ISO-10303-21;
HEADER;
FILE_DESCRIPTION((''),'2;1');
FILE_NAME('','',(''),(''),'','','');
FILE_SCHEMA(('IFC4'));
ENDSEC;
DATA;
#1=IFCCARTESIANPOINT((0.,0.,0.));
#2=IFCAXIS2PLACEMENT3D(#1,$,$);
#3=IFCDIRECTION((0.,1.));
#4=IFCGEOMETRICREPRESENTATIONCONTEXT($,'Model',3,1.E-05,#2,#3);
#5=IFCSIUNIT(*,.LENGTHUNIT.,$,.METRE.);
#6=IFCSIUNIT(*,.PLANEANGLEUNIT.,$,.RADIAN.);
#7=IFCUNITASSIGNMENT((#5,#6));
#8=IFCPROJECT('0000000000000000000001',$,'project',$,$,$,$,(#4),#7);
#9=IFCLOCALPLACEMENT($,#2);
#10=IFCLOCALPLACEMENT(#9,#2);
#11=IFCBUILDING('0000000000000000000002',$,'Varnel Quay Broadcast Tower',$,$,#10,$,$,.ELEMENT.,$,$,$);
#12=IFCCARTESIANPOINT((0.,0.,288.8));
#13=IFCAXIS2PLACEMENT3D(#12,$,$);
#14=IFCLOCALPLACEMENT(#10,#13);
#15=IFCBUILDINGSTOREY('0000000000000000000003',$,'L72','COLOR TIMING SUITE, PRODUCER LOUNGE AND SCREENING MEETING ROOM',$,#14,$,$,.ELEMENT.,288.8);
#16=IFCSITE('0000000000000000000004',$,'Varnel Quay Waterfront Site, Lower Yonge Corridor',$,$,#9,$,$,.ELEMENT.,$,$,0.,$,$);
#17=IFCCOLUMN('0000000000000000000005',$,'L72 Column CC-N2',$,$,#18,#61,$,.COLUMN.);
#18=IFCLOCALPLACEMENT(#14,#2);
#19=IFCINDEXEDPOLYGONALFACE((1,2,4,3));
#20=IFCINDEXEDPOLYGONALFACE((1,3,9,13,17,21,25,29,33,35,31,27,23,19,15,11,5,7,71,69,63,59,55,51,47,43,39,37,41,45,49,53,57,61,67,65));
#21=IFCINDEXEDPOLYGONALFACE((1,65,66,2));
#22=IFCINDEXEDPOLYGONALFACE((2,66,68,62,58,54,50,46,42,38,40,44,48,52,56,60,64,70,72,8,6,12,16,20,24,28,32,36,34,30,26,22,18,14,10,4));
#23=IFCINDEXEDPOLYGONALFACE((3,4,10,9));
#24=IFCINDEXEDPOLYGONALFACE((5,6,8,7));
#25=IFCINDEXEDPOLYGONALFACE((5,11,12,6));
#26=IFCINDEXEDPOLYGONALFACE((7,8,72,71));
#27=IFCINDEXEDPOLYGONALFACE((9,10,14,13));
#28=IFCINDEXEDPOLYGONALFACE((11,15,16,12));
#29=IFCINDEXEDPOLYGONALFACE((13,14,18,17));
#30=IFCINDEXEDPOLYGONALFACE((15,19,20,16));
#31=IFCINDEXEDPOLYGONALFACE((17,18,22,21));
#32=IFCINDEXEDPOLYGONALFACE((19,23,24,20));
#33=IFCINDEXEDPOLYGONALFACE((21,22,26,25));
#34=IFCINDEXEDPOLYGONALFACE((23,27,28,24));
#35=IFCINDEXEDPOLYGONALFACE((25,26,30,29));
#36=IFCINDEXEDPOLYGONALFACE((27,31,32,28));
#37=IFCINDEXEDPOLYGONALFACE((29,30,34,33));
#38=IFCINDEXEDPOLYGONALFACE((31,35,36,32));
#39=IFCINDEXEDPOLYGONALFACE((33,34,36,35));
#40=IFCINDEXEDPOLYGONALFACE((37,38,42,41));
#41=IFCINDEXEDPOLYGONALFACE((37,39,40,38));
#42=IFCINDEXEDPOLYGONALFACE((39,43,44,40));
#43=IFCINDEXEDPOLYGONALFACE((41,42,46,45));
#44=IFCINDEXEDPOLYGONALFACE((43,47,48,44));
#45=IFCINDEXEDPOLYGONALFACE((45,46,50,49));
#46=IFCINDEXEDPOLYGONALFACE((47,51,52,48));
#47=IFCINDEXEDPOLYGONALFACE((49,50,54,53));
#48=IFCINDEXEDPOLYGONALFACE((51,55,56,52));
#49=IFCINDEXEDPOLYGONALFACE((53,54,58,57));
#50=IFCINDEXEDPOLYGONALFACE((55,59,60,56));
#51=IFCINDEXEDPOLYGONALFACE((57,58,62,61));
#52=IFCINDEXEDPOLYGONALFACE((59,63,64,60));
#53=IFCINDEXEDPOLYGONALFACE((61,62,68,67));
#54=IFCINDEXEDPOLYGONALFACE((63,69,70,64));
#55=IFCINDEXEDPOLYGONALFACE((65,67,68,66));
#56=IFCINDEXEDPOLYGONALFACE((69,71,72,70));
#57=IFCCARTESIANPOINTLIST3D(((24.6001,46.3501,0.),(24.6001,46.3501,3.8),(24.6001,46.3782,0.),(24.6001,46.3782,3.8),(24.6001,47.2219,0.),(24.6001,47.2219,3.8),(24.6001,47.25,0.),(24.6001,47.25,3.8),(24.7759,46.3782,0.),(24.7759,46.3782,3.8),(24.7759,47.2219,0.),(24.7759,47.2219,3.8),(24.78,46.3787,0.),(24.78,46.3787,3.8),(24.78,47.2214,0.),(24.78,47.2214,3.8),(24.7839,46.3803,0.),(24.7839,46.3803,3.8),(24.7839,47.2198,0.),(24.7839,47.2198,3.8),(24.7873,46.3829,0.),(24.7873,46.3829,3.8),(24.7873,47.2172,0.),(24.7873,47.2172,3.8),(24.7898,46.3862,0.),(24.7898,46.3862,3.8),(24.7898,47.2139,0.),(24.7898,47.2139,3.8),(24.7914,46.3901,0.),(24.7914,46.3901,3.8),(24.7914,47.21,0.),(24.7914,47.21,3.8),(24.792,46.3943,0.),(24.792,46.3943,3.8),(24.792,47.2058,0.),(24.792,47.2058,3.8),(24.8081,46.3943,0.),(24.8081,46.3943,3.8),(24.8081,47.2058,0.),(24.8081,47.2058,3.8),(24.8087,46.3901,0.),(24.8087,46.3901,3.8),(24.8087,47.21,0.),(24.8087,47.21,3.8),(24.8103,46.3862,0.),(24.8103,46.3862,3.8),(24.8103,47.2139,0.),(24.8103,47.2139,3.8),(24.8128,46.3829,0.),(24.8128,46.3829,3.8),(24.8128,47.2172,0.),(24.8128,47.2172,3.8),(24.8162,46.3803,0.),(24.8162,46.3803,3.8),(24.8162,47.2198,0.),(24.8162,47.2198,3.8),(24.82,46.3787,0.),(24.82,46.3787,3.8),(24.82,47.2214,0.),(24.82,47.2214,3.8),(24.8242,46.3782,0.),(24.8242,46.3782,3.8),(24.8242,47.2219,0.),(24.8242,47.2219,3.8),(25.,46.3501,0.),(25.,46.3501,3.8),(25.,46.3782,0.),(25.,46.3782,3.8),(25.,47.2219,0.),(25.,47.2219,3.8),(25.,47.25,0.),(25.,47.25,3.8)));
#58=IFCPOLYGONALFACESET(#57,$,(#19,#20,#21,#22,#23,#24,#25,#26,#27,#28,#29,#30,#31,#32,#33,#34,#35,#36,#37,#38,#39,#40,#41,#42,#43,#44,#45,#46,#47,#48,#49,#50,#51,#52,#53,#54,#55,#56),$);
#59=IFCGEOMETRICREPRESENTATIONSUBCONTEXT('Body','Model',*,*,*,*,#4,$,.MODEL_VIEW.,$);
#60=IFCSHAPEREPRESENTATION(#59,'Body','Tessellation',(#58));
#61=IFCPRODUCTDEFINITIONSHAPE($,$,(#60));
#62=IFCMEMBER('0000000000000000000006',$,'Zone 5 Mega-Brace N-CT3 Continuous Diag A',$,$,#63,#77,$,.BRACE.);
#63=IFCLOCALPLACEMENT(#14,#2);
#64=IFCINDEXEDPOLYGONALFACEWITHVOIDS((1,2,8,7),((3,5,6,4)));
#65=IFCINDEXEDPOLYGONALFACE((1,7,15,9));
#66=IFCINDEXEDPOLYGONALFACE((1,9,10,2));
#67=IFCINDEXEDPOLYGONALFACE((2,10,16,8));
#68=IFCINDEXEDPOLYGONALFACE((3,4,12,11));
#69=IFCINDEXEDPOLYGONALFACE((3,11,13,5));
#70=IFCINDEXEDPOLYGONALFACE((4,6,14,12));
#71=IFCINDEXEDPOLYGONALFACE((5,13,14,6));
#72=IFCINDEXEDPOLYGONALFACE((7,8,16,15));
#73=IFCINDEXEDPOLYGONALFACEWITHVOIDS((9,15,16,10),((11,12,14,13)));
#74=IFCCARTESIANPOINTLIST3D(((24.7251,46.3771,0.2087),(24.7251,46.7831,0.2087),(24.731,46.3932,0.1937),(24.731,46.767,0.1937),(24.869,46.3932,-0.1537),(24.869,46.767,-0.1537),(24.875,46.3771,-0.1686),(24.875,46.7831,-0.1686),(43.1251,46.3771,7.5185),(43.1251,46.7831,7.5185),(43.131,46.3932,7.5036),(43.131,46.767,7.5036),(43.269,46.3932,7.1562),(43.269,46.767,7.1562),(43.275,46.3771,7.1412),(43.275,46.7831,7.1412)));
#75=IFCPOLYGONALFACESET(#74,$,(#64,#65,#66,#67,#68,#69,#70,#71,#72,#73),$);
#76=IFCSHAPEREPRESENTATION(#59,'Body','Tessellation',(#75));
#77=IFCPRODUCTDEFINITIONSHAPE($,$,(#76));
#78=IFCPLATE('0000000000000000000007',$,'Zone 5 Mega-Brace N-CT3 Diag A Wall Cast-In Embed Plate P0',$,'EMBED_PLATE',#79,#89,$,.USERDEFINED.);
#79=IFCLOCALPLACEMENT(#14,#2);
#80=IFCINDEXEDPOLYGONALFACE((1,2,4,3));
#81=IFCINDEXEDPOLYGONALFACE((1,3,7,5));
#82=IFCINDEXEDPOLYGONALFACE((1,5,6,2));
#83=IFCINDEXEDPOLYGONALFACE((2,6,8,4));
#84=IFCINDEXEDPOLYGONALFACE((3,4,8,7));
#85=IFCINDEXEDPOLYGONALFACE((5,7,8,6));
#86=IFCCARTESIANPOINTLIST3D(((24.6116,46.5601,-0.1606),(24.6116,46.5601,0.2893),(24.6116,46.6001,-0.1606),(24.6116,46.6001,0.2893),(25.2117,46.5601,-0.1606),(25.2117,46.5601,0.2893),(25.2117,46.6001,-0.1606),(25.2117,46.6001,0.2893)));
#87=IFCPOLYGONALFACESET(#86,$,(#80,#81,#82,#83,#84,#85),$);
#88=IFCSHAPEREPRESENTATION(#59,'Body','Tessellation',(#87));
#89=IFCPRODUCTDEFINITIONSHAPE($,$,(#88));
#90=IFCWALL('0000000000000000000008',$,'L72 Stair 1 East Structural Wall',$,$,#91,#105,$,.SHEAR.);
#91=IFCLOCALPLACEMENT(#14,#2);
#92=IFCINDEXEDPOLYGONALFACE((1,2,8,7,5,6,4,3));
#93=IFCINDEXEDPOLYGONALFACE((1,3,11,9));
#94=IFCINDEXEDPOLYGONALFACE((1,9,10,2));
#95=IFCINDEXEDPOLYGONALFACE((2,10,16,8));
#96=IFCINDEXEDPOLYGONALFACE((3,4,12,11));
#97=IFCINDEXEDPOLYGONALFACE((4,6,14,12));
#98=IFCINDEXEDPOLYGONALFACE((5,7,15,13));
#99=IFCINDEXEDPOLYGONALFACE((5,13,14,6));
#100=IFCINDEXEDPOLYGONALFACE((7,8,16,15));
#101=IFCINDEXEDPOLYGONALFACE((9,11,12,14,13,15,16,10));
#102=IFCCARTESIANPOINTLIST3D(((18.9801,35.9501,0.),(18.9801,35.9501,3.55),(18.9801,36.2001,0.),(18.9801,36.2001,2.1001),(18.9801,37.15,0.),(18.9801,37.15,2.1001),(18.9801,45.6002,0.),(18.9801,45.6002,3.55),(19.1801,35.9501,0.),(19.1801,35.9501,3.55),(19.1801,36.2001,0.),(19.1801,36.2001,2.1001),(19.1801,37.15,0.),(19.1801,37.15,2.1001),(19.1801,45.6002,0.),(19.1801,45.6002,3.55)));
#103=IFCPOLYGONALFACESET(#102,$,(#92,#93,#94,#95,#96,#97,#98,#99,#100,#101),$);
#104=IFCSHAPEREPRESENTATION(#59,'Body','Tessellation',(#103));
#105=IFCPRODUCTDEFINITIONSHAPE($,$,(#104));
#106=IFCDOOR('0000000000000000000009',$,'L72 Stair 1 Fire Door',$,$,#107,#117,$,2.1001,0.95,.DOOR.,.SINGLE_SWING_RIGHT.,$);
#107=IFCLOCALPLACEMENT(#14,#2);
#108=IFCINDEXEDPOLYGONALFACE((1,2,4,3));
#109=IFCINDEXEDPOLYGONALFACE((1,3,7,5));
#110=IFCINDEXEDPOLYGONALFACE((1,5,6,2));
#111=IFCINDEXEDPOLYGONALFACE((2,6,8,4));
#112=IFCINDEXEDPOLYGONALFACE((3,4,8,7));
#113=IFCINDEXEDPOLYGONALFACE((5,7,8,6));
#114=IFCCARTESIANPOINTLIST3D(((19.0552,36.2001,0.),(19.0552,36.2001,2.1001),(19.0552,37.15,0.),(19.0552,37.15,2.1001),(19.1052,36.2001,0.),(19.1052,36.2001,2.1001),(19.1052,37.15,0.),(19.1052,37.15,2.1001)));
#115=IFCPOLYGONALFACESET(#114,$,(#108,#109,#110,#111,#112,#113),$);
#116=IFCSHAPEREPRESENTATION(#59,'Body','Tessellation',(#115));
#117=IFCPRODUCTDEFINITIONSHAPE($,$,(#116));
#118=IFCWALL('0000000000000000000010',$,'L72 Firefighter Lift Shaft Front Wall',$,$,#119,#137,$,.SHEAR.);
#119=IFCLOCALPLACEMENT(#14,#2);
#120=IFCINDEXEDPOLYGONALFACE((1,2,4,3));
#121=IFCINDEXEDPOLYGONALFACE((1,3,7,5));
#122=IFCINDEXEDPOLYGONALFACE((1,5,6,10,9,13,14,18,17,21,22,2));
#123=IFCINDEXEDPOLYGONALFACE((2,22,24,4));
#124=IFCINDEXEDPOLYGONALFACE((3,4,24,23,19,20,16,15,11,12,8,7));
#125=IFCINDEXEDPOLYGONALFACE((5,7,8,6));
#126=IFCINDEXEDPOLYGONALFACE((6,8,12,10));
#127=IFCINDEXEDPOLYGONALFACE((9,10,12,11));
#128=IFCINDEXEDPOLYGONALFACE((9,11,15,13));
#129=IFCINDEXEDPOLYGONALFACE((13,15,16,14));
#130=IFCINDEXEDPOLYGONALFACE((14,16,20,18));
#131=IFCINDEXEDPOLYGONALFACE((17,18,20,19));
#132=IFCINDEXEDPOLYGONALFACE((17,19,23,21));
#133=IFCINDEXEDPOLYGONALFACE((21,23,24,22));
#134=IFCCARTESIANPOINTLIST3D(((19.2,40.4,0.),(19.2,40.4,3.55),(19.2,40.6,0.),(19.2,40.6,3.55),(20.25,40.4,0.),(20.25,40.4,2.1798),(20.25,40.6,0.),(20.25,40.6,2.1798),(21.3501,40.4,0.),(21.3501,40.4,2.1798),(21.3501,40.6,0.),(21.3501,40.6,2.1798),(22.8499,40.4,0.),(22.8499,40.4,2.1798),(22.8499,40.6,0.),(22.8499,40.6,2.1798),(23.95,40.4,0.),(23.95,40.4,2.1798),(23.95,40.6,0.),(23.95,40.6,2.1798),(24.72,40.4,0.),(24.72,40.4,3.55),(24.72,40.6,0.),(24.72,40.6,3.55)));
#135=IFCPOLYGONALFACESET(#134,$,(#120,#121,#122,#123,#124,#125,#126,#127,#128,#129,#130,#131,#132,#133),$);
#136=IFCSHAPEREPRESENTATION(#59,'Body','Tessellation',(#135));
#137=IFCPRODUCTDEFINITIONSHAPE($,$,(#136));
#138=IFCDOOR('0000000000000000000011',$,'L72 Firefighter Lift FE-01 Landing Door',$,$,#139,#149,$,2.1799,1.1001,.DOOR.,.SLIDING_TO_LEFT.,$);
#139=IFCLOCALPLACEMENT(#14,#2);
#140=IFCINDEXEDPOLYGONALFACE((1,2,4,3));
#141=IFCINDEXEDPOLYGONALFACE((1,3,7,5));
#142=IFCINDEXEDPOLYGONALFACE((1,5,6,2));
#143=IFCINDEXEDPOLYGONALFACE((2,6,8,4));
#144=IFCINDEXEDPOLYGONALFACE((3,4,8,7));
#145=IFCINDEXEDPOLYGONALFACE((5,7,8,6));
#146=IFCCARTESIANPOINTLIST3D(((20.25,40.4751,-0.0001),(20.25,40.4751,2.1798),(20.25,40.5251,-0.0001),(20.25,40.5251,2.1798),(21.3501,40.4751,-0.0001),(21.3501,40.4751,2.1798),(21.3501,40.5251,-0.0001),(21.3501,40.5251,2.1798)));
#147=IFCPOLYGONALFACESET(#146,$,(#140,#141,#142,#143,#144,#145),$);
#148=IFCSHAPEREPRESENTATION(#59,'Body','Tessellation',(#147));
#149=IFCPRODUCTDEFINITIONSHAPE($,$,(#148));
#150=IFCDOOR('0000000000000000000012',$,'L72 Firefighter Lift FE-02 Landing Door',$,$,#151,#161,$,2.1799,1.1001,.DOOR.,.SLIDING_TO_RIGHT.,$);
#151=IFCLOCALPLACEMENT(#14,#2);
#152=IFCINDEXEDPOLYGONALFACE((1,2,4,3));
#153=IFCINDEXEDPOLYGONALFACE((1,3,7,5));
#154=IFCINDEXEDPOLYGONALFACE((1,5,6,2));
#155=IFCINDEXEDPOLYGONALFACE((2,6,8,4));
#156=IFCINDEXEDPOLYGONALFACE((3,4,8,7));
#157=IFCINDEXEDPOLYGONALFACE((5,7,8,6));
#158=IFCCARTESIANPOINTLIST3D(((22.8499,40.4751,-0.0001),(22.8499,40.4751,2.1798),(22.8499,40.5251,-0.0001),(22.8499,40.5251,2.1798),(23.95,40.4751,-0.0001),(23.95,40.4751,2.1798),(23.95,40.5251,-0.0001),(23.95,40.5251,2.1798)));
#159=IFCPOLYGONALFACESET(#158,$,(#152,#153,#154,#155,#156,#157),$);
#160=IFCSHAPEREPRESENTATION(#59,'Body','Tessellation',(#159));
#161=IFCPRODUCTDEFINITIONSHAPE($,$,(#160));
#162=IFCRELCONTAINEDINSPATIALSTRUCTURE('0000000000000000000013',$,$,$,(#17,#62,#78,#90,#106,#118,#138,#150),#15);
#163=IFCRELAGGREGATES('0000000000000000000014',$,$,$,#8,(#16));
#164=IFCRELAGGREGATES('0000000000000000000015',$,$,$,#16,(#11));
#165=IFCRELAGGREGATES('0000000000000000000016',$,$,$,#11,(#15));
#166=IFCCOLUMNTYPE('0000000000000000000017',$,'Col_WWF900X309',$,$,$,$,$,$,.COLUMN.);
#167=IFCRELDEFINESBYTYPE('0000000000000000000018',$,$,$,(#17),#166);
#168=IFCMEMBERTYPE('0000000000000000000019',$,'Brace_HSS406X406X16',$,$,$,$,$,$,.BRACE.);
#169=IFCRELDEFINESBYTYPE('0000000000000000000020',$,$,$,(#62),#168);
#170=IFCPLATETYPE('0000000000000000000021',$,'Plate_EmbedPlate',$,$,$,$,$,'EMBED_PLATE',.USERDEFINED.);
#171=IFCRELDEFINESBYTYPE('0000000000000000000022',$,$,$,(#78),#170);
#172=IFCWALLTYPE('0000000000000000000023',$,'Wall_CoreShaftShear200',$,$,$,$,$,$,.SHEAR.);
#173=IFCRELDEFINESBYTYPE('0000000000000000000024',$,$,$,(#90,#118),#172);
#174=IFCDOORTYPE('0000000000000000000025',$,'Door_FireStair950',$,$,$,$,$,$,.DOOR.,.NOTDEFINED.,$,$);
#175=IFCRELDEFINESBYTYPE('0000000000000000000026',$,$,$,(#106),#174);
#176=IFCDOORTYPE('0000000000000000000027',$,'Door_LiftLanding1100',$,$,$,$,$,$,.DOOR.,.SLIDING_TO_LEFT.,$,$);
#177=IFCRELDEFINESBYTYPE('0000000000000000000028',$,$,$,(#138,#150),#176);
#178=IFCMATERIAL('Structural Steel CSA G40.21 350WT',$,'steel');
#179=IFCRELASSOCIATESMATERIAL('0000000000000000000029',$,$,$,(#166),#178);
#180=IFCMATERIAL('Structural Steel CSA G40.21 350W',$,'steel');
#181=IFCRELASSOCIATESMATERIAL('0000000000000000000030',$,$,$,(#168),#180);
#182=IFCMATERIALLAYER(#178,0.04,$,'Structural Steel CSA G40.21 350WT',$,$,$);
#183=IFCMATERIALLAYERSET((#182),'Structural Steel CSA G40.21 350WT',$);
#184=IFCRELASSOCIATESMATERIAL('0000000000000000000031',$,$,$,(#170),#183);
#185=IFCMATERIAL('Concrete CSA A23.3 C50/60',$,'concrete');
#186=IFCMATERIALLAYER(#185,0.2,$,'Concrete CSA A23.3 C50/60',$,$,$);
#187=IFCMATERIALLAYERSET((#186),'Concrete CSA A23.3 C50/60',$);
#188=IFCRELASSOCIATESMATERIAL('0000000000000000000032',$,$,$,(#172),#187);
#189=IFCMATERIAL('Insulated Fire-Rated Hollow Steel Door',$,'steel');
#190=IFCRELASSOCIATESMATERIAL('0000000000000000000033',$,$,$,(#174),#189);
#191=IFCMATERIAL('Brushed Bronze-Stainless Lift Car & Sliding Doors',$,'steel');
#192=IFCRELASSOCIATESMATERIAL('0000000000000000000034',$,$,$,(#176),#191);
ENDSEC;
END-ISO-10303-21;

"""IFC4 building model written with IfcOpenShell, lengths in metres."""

from ifc_helpers import new_model, si_unit, direction, frame, frame_2d, origin, origin_2d, place, context, subcontext, project, spatial, rectangle, hollow_rectangle, i_section, extrude, source, transform, mapped, material, layer, layer_set, material_profile, profile_set, type_object, type_shapes, element, fill, save


model = new_model("IFC4")

# Units and contexts
model_context = context("Model", 3, precision=1e-05, world=origin(), true_north=direction((0.0, 1.0)))
body_context = subcontext(model_context, "Body", "Model", "MODEL_VIEW")
ifc_project = project(units=[si_unit("LENGTHUNIT", "METRE"), si_unit("PLANEANGLEUNIT", "RADIAN")], contexts=[model_context])

# Site, building, storey
site_placement = place(None, origin())
site = spatial("IfcSite", under=ifc_project, at=site_placement, Name="Varnel Quay Waterfront Site, Lower Yonge Corridor", CompositionType="ELEMENT", RefElevation=0.0)
building_placement = place(site_placement, origin())
building = spatial("IfcBuilding", under=site, at=building_placement, Name="Varnel Quay Broadcast Tower", CompositionType="ELEMENT")
storey_placement = place(building_placement, frame((0.0, 0.0, 288.8)))
storey = spatial("IfcBuildingStorey", under=building, at=storey_placement, Name="L72", Description="COLOR TIMING SUITE, PRODUCER LOUNGE AND SCREENING MEETING ROOM", CompositionType="ELEMENT", Elevation=288.8)

# Column
ifc_material_1 = material(Name="Structural Steel CSA G40.21 350WT", Category="steel")
ifc_material_profile_1 = material_profile(ifc_material_1, i_section(OverallWidth=0.3999, OverallDepth=0.8999, WebThickness=0.0161, FlangeThickness=0.0281, FilletRadius=0.0161, at=origin_2d()), Name="WWF900X309")
ifc_profile_set_1 = profile_set([ifc_material_profile_1], Name="Structural Steel CSA G40.21 350WT")
column_type = type_object("IfcColumnType", Name="Col_WWF900X309", PredefinedType="COLUMN", material=ifc_profile_set_1)
shared_shape_1 = source(origin(), body_context, "Body", "SweptSolid", [
    extrude(i_section(OverallWidth=0.3999, OverallDepth=0.8999, WebThickness=0.0161, FlangeThickness=0.0281, FilletRadius=0.0161, at=origin_2d()), origin(), (0.0, 0.0, 1.0), 3.8),
])
type_shapes(column_type, [shared_shape_1])
column_placement = place(storey_placement, frame((24.8, 46.8, 0.0), z_axis=(0.0, 0.0, 1.0), x_axis=(1.0, 0.0, 0.0)))
element("IfcColumn", 1, at=column_placement, inside=storey, type_object=column_type, Name="L72 Column CC-N2", PredefinedType="COLUMN", context=body_context, shape_type="MappedRepresentation", body=[
    mapped(shared_shape_1, transform((0.0, 0.0, 0.0), x_axis=(1.0, 0.0, 0.0), y_axis=(0.0, 1.0, 0.0), z_axis=(0.0, 0.0, 1.0), scale=1.0)),
])

# Member
ifc_material_2 = material(Name="Structural Steel CSA G40.21 350W", Category="steel")
ifc_material_profile_2 = material_profile(ifc_material_2, hollow_rectangle(XDim=0.406, YDim=0.406, WallThickness=0.0161, at=origin_2d()), Name="HSS406X406X16")
ifc_profile_set_2 = profile_set([ifc_material_profile_2], Name="Structural Steel CSA G40.21 350W")
member_type = type_object("IfcMemberType", Name="Brace_HSS406X406X16", PredefinedType="BRACE", material=ifc_profile_set_2)
shared_shape_2 = source(origin(), body_context, "Body", "SweptSolid", [
    extrude(hollow_rectangle(XDim=0.406, YDim=0.406, WallThickness=0.0161, at=origin_2d()), origin(), (0.0, 0.0, 1.0), 19.7988),
])
type_shapes(member_type, [shared_shape_2])
member_placement = place(storey_placement, frame((24.8, 46.5801, 0.02), z_axis=(0.929348, 0.0, 0.369206), x_axis=(0.0, 1.0, 0.0)))
element("IfcMember", 2, at=member_placement, inside=storey, type_object=member_type, Name="Zone 5 Mega-Brace N-CT3 Continuous Diag A", PredefinedType="BRACE", context=body_context, shape_type="MappedRepresentation", body=[
    mapped(shared_shape_2, transform((0.0, 0.0, 0.0), x_axis=(1.0, 0.0, 0.0), y_axis=(0.0, 1.0, 0.0), z_axis=(0.0, 0.0, 1.0), scale=1.0)),
])

# Plate
ifc_layer_1 = layer(ifc_material_1, 0.04, Name="Structural Steel CSA G40.21 350WT")
ifc_layer_set_1 = layer_set([ifc_layer_1], Name="Structural Steel CSA G40.21 350WT")
plate_type = type_object("IfcPlateType", Name="Plate_EmbedPlate", ElementType="EMBED_PLATE", PredefinedType="USERDEFINED", material=ifc_layer_set_1)
shared_shape_3 = source(origin(), body_context, "Body", "SweptSolid", [
    extrude(rectangle(XDim=0.6001, YDim=0.04, at=origin_2d()), origin(), (0.0, 0.0, 1.0), 0.45),
])
type_shapes(plate_type, [shared_shape_3])
plate_placement = place(storey_placement, frame((24.9116, 46.5801, -0.1606), z_axis=(0.0, 0.0, 1.0), x_axis=(1.0, 0.0, 0.0)))
element("IfcPlate", 3, at=plate_placement, inside=storey, type_object=plate_type, Name="Zone 5 Mega-Brace N-CT3 Diag A Wall Cast-In Embed Plate P0", ObjectType="EMBED_PLATE", PredefinedType="USERDEFINED", context=body_context, shape_type="MappedRepresentation", body=[
    mapped(shared_shape_3, transform((0.0, 0.0, 0.0), x_axis=(1.0, 0.0, 0.0), y_axis=(0.0, 1.0, 0.0), z_axis=(0.0, 0.0, 1.0), scale=1.0)),
])

# Wall, opening, door
ifc_material_3 = material(Name="Concrete CSA A23.3 C50/60", Category="concrete")
ifc_layer_2 = layer(ifc_material_3, 0.2, Name="Concrete CSA A23.3 C50/60")
ifc_layer_set_2 = layer_set([ifc_layer_2], Name="Concrete CSA A23.3 C50/60")
wall_type_1 = type_object("IfcWallType", Name="Wall_CoreShaftShear200", PredefinedType="SHEAR", material=ifc_layer_set_2)
wall_1_placement = place(storey_placement, frame((19.0801, 35.95, 0.0), z_axis=(0.0, 0.0, 1.0), x_axis=(0.0, 1.0, 0.0)))
wall_1 = element("IfcWall", 4, at=wall_1_placement, inside=storey, type_object=wall_type_1, Name="L72 Stair 1 East Structural Wall", PredefinedType="SHEAR", context=body_context, shape_type="SweptSolid", body=[
    extrude(rectangle(XDim=9.6501, YDim=0.2, at=frame_2d((4.8252, 0.0))), origin(), (0.0, 0.0, 1.0), 3.55),
])
opening_1_placement = place(wall_1_placement, frame((0.25, 0.0, 0.0)))
opening_1 = element("IfcOpeningElement", 5, at=opening_1_placement, cuts=wall_1, PredefinedType="OPENING", context=body_context, shape_type="SweptSolid", body=[
    extrude(rectangle(XDim=0.95, YDim=2.1001, at=frame_2d((0.4751, 1.05))), frame((0.0, 0.1099, 0.0), z_axis=(0.0, -1.0, 0.0), x_axis=(1.0, 0.0, 0.0)), (0.0, 0.0, 1.0), 0.22),
])
ifc_material_4 = material(Name="Insulated Fire-Rated Hollow Steel Door", Category="steel")
door_type_1 = type_object("IfcDoorType", Name="Door_FireStair950", OperationType="NOTDEFINED", PredefinedType="DOOR", material=ifc_material_4)
shared_shape_4 = source(origin(), body_context, "Body", "SweptSolid", [
    extrude(rectangle(XDim=0.95, YDim=2.1001, at=frame_2d((0.4751, 1.05))), frame((0.0, 0.0249, 0.0), z_axis=(0.0, -1.0, 0.0), x_axis=(1.0, 0.0, 0.0)), (0.0, 0.0, 1.0), 0.05),
])
type_shapes(door_type_1, [shared_shape_4])
door_1_placement = place(opening_1_placement, origin())
door_1 = element("IfcDoor", 6, at=door_1_placement, inside=storey, type_object=door_type_1, Name="L72 Stair 1 Fire Door", OperationType="SINGLE_SWING_RIGHT", OverallHeight=2.1001, OverallWidth=0.95, PredefinedType="DOOR", context=body_context, shape_type="MappedRepresentation", body=[
    mapped(shared_shape_4, transform((0.0, 0.0, 0.0), x_axis=(1.0, 0.0, 0.0), y_axis=(0.0, 1.0, 0.0), z_axis=(0.0, 0.0, 1.0), scale=1.0)),
])
fill(opening_1, door_1)

# Wall, openings, doors
wall_2_placement = place(storey_placement, frame((19.2, 40.5, 0.0), z_axis=(0.0, 0.0, 1.0), x_axis=(1.0, 0.0, 0.0)))
wall_2 = element("IfcWall", 7, at=wall_2_placement, inside=storey, type_object=wall_type_1, Name="L72 Firefighter Lift Shaft Front Wall", PredefinedType="SHEAR", context=body_context, shape_type="SweptSolid", body=[
    extrude(rectangle(XDim=5.52, YDim=0.2, at=frame_2d((2.76, 0.0))), origin(), (0.0, 0.0, 1.0), 3.55),
])
opening_2_placement = place(wall_2_placement, frame((1.05, 0.0, 0.0)))
opening_2 = element("IfcOpeningElement", 8, at=opening_2_placement, cuts=wall_2, PredefinedType="OPENING", context=body_context, shape_type="SweptSolid", body=[
    extrude(rectangle(XDim=1.1001, YDim=2.1799, at=frame_2d((0.55, 1.0898))), frame((0.0, 0.1099, 0.0), z_axis=(0.0, -1.0, 0.0), x_axis=(1.0, 0.0, 0.0)), (0.0, 0.0, 1.0), 0.22),
])
opening_3_placement = place(wall_2_placement, frame((3.6499, 0.0, 0.0)))
opening_3 = element("IfcOpeningElement", 9, at=opening_3_placement, cuts=wall_2, PredefinedType="OPENING", context=body_context, shape_type="SweptSolid", body=[
    extrude(rectangle(XDim=1.1001, YDim=2.1799, at=frame_2d((0.55, 1.0898))), frame((0.0, 0.1099, 0.0), z_axis=(0.0, -1.0, 0.0), x_axis=(1.0, 0.0, 0.0)), (0.0, 0.0, 1.0), 0.22),
])
ifc_material_5 = material(Name="Brushed Bronze-Stainless Lift Car & Sliding Doors", Category="steel")
door_type_2 = type_object("IfcDoorType", Name="Door_LiftLanding1100", OperationType="SLIDING_TO_LEFT", PredefinedType="DOOR", material=ifc_material_5)
shared_shape_5 = source(origin(), body_context, "Body", "SweptSolid", [
    extrude(rectangle(XDim=1.1001, YDim=2.1799, at=frame_2d((0.55, 1.0898))), frame((0.0, 0.0249, 0.0), z_axis=(0.0, -1.0, 0.0), x_axis=(1.0, 0.0, 0.0)), (0.0, 0.0, 1.0), 0.05),
])
type_shapes(door_type_2, [shared_shape_5])
door_2_placement = place(opening_2_placement, frame((1.1001, 0.0, 0.0), z_axis=(0.0, 0.0, 1.0), x_axis=(-1.0, 0.0, 0.0)))
door_2 = element("IfcDoor", 10, at=door_2_placement, inside=storey, type_object=door_type_2, Name="L72 Firefighter Lift FE-01 Landing Door", OperationType="SLIDING_TO_LEFT", OverallHeight=2.1799, OverallWidth=1.1001, PredefinedType="DOOR", context=body_context, shape_type="MappedRepresentation", body=[
    mapped(shared_shape_5, transform((0.0, 0.0, 0.0), x_axis=(1.0, 0.0, 0.0), y_axis=(0.0, 1.0, 0.0), z_axis=(0.0, 0.0, 1.0), scale=1.0)),
])
fill(opening_2, door_2)
door_3_placement = place(opening_3_placement, frame((1.1001, 0.0, 0.0), z_axis=(0.0, 0.0, 1.0), x_axis=(-1.0, 0.0, 0.0)))
door_3 = element("IfcDoor", 11, at=door_3_placement, inside=storey, type_object=door_type_2, Name="L72 Firefighter Lift FE-02 Landing Door", OperationType="SLIDING_TO_RIGHT", OverallHeight=2.1799, OverallWidth=1.1001, PredefinedType="DOOR", context=body_context, shape_type="MappedRepresentation", body=[
    mapped(shared_shape_5, transform((0.0, 0.0, 0.0), x_axis=(1.0, 0.0, 0.0), y_axis=(0.0, 1.0, 0.0), z_axis=(0.0, 0.0, 1.0), scale=1.0)),
])
fill(opening_3, door_3)

save(model, "model.ifc")
